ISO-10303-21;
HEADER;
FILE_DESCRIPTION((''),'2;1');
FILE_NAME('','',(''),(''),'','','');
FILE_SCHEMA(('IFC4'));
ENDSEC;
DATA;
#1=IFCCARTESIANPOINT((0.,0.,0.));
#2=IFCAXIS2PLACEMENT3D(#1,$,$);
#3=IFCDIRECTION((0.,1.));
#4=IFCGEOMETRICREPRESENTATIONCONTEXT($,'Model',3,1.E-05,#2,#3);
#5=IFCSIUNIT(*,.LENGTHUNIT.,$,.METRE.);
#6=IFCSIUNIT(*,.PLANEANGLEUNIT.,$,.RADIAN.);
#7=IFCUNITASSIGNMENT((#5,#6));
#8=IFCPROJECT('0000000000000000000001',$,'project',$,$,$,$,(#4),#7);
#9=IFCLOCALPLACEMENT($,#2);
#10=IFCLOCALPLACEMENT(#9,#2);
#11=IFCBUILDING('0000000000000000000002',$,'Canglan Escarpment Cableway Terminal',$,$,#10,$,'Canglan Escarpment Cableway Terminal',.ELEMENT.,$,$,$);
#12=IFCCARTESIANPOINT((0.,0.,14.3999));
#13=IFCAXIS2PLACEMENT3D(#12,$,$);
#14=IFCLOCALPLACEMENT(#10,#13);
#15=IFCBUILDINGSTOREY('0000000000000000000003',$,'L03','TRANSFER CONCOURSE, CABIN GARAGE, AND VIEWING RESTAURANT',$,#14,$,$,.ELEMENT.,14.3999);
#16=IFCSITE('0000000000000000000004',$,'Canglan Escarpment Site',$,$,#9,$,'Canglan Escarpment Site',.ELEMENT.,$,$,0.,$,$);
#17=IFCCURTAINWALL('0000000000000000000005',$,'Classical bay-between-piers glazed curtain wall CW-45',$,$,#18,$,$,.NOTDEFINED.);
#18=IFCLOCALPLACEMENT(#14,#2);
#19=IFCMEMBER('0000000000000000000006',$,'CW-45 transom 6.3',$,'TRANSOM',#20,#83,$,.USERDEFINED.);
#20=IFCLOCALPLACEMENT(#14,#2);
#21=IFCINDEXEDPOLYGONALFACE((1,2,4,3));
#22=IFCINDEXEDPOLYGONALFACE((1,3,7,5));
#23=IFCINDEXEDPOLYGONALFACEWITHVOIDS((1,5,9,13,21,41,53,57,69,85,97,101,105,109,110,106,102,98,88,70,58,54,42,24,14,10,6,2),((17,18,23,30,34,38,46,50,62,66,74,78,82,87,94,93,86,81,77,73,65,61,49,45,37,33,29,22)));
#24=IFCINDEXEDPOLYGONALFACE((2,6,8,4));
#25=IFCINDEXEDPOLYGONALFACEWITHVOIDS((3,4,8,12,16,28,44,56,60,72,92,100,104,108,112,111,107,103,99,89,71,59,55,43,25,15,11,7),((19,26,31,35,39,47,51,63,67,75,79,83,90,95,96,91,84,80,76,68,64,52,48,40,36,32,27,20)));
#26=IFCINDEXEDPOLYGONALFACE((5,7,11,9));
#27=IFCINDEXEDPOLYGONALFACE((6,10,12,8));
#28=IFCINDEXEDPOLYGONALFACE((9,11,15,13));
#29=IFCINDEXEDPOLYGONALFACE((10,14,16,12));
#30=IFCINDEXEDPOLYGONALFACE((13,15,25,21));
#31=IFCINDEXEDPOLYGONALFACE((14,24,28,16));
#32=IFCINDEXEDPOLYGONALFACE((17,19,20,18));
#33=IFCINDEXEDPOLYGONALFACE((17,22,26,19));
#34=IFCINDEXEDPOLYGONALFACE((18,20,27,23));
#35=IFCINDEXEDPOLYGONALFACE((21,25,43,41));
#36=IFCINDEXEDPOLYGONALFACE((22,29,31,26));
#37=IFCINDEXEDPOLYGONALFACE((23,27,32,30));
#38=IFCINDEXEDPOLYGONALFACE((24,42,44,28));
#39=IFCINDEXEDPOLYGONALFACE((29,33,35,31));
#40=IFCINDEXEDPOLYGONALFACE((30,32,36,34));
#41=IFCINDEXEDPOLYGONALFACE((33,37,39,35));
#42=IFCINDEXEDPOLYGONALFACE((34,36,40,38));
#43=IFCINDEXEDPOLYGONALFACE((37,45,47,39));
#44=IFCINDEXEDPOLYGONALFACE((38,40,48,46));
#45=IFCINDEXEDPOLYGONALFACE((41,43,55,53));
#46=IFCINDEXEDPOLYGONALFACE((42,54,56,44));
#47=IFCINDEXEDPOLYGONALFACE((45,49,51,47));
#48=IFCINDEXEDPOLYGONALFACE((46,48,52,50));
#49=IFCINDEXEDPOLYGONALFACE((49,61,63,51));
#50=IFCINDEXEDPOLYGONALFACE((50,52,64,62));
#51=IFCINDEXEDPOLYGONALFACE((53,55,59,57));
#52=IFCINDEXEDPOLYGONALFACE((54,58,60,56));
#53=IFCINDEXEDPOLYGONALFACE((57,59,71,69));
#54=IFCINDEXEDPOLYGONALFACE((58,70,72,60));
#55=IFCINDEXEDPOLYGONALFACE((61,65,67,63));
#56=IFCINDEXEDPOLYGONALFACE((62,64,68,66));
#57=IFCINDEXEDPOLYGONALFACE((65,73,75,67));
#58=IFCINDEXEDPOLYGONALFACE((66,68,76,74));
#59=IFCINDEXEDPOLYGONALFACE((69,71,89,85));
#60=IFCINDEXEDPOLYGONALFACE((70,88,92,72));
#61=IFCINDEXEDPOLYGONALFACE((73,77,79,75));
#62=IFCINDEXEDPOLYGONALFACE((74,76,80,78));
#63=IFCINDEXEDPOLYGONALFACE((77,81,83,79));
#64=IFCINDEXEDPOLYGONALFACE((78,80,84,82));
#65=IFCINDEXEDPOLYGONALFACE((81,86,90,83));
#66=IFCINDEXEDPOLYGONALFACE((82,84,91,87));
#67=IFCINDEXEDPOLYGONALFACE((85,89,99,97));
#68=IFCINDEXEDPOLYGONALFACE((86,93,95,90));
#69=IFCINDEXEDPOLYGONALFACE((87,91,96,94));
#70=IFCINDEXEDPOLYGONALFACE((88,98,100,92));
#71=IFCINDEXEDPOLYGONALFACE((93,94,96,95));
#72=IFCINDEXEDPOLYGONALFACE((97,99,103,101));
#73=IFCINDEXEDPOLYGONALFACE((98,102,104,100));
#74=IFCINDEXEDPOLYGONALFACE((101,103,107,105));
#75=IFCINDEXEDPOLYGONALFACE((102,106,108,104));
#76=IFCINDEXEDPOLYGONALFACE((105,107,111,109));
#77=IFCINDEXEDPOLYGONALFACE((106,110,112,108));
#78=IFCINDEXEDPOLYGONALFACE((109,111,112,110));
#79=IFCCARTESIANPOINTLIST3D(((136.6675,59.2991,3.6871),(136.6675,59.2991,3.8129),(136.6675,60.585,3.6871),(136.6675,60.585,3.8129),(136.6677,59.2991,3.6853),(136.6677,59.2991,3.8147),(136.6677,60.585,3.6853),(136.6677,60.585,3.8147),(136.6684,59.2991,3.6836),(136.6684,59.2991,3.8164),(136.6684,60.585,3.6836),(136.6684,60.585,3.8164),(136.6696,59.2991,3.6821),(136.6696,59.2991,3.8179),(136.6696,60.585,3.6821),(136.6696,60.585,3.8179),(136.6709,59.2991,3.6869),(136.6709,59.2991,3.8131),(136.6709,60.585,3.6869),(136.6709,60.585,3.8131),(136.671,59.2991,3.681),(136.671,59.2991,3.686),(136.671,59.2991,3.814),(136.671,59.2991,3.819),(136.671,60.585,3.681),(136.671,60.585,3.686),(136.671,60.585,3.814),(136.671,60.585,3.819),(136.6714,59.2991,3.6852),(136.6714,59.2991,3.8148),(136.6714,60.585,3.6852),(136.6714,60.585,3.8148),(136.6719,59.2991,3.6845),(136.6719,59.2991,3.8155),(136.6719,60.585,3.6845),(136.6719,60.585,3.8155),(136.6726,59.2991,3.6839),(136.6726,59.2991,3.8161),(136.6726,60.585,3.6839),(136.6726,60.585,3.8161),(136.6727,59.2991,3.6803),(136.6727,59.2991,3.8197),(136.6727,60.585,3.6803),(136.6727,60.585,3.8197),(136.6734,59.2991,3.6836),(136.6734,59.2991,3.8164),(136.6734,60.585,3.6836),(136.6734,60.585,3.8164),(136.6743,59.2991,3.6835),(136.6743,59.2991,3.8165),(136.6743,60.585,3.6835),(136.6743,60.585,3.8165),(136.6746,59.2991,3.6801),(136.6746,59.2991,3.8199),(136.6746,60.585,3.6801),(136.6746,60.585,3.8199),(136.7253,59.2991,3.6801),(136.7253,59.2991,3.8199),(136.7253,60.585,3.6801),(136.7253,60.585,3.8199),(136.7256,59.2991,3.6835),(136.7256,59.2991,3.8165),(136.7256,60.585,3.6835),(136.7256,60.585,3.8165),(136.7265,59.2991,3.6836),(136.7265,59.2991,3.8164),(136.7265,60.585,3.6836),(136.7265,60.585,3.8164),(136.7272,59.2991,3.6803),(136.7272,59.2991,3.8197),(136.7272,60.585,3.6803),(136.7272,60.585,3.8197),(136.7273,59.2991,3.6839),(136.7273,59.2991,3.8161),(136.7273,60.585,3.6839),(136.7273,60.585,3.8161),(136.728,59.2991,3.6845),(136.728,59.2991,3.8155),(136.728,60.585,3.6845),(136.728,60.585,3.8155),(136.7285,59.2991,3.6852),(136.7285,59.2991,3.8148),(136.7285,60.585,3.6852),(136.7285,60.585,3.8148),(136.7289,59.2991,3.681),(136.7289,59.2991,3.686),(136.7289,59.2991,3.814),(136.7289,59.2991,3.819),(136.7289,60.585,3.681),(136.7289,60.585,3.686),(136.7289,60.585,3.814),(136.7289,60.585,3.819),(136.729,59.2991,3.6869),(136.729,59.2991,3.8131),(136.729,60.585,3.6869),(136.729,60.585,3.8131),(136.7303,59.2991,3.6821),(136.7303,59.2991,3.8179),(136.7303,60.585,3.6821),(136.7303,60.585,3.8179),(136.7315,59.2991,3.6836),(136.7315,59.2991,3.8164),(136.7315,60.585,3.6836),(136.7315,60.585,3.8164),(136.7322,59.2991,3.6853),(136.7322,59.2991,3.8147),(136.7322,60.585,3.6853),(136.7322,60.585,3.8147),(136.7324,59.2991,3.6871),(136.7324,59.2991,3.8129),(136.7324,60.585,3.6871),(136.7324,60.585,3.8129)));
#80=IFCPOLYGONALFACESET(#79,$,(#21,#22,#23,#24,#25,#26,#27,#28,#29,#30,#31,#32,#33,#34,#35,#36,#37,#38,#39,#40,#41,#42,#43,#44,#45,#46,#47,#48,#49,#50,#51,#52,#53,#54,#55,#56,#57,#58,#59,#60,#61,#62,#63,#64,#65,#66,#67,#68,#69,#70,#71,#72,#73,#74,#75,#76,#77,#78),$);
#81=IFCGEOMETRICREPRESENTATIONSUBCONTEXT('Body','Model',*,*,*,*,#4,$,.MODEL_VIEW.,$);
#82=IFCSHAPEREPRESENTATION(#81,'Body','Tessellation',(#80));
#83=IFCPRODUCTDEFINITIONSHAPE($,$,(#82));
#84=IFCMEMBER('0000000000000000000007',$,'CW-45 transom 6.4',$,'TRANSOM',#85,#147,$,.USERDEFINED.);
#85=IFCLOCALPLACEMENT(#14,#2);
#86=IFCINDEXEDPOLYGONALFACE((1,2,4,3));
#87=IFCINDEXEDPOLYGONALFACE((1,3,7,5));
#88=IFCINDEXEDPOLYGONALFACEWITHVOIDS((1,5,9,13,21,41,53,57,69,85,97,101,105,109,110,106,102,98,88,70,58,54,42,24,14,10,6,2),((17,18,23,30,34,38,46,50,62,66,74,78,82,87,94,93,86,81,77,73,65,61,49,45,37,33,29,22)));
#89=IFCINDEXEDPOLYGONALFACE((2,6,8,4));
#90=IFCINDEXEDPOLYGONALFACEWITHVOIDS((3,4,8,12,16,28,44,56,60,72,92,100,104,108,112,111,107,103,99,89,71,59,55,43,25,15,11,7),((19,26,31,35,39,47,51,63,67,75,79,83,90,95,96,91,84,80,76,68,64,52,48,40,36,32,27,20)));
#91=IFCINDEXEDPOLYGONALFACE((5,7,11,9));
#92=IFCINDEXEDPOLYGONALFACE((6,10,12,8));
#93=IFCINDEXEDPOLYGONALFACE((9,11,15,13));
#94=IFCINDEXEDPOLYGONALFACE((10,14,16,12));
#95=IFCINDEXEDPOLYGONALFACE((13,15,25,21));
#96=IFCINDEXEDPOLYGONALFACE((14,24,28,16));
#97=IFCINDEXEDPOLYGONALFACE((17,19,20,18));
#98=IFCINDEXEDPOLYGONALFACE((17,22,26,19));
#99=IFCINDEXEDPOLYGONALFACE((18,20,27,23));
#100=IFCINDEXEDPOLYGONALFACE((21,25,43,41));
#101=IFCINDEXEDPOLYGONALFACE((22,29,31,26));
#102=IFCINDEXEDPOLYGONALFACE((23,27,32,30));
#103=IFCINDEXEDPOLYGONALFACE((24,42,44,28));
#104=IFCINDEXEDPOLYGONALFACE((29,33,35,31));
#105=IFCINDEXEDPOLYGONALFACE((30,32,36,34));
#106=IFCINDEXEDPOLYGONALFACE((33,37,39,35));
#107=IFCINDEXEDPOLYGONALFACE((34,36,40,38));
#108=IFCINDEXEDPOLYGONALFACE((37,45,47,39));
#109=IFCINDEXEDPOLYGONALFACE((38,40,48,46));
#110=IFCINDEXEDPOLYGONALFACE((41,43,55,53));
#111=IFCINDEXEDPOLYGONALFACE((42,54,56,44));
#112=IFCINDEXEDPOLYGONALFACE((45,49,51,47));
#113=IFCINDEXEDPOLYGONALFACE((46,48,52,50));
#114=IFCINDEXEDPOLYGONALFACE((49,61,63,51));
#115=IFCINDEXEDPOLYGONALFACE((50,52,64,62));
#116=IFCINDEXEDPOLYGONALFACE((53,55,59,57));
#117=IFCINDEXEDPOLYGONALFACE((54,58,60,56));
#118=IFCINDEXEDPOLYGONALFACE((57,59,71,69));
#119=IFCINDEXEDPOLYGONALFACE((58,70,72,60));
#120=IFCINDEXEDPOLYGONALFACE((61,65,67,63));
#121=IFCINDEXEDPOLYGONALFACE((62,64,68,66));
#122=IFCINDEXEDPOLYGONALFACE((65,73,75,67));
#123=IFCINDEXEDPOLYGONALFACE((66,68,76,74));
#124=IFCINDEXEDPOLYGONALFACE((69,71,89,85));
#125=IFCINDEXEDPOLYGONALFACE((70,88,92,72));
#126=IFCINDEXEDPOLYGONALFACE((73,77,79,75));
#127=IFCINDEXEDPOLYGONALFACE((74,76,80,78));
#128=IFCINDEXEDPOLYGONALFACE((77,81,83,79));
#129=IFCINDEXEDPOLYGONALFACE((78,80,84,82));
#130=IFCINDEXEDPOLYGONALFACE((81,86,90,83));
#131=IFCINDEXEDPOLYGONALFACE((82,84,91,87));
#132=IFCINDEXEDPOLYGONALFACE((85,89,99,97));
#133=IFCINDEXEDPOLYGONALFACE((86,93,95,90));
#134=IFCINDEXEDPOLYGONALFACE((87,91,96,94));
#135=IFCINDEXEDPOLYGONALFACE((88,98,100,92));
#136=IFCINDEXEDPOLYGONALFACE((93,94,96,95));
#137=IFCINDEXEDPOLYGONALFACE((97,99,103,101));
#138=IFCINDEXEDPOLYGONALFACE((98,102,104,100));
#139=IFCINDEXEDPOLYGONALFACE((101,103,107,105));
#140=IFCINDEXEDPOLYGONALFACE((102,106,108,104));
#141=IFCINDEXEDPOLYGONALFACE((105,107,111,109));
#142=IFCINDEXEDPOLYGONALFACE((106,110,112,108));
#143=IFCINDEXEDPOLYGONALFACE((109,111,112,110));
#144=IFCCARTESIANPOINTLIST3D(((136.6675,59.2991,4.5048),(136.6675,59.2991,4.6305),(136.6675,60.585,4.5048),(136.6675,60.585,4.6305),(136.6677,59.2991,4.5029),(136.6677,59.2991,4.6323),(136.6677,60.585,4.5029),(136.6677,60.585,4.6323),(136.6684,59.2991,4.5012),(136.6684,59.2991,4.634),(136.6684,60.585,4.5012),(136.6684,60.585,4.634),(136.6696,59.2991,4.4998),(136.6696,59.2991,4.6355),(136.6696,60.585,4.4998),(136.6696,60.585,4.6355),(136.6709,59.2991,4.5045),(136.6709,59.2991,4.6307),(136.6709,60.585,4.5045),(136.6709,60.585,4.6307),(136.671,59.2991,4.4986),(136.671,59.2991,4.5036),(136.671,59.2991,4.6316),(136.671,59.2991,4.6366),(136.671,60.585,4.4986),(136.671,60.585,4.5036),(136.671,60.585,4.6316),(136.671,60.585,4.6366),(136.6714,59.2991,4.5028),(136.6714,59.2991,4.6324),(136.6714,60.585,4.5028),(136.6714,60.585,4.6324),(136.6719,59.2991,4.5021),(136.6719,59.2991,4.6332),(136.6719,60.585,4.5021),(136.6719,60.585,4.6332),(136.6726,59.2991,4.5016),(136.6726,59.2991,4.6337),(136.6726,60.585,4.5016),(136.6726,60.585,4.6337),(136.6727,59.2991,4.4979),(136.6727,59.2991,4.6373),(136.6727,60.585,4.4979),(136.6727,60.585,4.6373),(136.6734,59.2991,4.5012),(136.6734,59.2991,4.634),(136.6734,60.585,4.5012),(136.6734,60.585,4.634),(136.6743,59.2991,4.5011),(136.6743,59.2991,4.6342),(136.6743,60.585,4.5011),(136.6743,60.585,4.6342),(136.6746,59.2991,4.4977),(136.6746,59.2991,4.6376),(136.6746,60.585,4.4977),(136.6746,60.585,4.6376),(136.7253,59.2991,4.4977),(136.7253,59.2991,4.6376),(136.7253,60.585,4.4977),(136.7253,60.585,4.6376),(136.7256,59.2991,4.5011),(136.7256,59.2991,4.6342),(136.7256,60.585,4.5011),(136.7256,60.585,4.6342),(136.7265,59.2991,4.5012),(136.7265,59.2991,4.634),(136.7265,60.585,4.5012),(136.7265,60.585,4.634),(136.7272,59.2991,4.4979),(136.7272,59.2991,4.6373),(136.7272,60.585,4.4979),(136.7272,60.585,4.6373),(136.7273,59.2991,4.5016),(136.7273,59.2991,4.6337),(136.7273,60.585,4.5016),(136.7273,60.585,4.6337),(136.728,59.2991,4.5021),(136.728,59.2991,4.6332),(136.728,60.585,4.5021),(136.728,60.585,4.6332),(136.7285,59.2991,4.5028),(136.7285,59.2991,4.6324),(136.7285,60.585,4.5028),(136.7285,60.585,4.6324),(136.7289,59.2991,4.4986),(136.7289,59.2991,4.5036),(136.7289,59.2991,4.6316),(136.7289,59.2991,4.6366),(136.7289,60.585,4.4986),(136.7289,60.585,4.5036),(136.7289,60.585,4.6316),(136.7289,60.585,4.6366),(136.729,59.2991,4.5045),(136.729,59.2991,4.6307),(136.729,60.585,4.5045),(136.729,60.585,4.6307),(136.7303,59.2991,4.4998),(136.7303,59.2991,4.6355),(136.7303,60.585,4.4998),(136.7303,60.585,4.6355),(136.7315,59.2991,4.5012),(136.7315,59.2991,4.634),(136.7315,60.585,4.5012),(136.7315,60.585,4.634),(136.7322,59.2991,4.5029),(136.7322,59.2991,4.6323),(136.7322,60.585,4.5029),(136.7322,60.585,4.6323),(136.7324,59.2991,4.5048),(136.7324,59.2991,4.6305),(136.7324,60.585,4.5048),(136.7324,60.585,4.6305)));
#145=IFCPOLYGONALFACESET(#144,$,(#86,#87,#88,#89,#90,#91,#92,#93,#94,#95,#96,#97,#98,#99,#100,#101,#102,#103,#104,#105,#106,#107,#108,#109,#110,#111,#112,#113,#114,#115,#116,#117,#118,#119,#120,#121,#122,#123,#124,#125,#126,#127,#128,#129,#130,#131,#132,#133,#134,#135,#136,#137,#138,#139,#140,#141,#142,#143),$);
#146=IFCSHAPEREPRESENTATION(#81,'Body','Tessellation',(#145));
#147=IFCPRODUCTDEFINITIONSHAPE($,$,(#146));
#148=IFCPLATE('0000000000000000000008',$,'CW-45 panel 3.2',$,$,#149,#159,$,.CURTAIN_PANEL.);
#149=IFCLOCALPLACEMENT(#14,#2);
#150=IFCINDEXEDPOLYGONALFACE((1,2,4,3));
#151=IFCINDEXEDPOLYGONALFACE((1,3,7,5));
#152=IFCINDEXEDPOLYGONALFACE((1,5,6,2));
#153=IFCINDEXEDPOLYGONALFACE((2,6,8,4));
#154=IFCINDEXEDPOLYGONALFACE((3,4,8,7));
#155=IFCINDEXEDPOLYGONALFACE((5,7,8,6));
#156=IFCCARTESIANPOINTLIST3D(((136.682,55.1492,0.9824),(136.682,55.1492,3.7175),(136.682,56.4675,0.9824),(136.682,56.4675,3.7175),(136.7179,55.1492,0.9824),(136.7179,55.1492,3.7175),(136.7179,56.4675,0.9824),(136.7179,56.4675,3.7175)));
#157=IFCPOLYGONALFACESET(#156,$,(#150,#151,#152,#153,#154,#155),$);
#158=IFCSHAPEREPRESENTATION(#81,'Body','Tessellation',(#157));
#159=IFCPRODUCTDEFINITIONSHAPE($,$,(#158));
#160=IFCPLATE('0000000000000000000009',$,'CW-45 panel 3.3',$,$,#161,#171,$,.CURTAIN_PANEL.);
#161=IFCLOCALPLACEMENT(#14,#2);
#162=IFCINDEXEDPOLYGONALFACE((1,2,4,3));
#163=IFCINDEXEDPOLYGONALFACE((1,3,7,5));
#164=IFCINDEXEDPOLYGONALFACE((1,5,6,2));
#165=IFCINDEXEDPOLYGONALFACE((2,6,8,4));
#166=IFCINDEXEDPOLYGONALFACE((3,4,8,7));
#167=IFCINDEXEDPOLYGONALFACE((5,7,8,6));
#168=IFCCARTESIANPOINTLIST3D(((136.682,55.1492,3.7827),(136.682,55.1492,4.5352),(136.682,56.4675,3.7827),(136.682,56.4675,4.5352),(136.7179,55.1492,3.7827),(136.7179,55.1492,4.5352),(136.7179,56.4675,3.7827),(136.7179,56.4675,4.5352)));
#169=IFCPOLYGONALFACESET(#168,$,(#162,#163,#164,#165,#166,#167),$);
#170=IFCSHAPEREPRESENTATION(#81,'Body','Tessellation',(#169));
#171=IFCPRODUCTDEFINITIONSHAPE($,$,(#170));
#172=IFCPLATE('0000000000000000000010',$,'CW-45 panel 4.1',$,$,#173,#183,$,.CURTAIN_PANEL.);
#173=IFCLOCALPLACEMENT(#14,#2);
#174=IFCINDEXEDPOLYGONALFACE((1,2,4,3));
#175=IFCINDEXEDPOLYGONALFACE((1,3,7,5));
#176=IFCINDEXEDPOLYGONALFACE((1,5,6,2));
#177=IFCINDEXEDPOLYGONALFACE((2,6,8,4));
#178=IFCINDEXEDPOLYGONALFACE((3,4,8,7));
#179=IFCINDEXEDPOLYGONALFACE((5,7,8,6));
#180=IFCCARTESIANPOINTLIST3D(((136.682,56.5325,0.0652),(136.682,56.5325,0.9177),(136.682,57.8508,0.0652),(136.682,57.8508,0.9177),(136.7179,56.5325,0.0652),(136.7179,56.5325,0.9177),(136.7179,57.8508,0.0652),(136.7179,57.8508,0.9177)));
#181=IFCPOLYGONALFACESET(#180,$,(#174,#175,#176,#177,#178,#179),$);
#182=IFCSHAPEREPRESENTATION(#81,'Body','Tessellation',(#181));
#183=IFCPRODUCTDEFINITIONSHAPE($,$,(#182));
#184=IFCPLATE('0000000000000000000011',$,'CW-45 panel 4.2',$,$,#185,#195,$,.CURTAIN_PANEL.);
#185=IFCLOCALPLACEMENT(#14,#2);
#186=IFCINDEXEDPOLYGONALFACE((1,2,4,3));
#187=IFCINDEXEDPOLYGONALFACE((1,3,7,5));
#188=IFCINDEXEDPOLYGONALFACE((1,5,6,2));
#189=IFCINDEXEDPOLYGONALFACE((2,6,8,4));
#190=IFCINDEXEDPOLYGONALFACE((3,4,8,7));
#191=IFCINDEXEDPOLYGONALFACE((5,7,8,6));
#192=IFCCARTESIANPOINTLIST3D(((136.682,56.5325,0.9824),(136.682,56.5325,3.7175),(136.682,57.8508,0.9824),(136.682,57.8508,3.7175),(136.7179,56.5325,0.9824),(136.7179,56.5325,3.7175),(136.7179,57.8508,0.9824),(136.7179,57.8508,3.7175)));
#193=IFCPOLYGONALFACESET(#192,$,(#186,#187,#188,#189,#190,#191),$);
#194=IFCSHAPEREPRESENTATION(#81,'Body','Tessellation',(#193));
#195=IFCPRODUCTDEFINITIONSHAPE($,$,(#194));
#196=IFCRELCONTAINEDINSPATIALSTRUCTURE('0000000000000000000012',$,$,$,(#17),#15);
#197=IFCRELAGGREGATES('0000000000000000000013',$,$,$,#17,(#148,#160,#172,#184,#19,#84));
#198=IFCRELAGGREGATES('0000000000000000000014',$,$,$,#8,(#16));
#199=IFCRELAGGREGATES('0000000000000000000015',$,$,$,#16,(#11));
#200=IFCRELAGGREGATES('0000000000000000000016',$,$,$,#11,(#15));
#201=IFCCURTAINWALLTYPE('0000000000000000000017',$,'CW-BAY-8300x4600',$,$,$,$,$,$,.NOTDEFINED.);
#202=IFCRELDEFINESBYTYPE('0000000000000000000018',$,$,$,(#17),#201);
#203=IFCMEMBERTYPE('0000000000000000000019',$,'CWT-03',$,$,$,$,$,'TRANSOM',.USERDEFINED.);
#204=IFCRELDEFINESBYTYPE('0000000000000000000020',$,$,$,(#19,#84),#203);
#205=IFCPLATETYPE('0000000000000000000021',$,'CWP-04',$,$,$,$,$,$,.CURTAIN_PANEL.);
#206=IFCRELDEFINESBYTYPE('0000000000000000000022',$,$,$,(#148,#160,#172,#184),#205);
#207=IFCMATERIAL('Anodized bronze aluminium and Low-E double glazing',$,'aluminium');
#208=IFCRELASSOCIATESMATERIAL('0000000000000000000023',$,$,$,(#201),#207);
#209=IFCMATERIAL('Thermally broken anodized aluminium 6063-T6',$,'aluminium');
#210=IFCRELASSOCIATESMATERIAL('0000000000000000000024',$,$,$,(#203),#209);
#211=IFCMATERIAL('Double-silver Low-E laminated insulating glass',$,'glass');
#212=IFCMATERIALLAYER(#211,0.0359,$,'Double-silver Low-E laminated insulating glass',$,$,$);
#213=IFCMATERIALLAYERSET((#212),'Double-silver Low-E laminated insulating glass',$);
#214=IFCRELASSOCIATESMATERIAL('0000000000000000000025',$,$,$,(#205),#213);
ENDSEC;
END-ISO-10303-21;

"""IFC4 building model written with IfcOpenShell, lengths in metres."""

from ifc_helpers import new_model, si_unit, direction, frame, origin, origin_2d, place, context, subcontext, project, spatial, rectangle, hollow_rectangle, extrude, material, layer, layer_set, material_profile, profile_set, type_object, element, aggregate, save


model = new_model("IFC4")

# Units and contexts
model_context = context("Model", 3, precision=1e-05, world=origin(), true_north=direction((0.0, 1.0)))
body_context = subcontext(model_context, "Body", "Model", "MODEL_VIEW")
ifc_project = project(units=[si_unit("LENGTHUNIT", "METRE"), si_unit("PLANEANGLEUNIT", "RADIAN")], contexts=[model_context])

# Site, building, storey
site_placement = place(None, origin())
site = spatial("IfcSite", under=ifc_project, at=site_placement, Name="Canglan Escarpment Site", LongName="Canglan Escarpment Site", CompositionType="ELEMENT", RefElevation=0.0)
building_placement = place(site_placement, origin())
building = spatial("IfcBuilding", under=site, at=building_placement, Name="Canglan Escarpment Cableway Terminal", LongName="Canglan Escarpment Cableway Terminal", CompositionType="ELEMENT")
storey_placement = place(building_placement, frame((0.0, 0.0, 14.3999)))
storey = spatial("IfcBuildingStorey", under=building, at=storey_placement, Name="L03", Description="TRANSFER CONCOURSE, CABIN GARAGE, AND VIEWING RESTAURANT", CompositionType="ELEMENT", Elevation=14.3999)

# Curtain wall, members, plates
ifc_material_1 = material(Name="Anodized bronze aluminium and Low-E double glazing", Category="aluminium")
curtain_wall_type = type_object("IfcCurtainWallType", Name="CW-BAY-8300x4600", PredefinedType="NOTDEFINED", material=ifc_material_1)
curtain_wall_placement = place(storey_placement, origin())
curtain_wall = element("IfcCurtainWall", 1, at=curtain_wall_placement, inside=storey, type_object=curtain_wall_type, Name="Classical bay-between-piers glazed curtain wall CW-45", PredefinedType="NOTDEFINED")
ifc_material_2 = material(Name="Thermally broken anodized aluminium 6063-T6", Category="aluminium")
ifc_material_profile_1 = material_profile(ifc_material_2, hollow_rectangle(XDim=0.0649, YDim=0.1399, WallThickness=0.0034, InnerFilletRadius=0.0034, OuterFilletRadius=0.0071, at=origin_2d()), Name="ALU-TRAN 65x140x3.5")
ifc_profile_set_1 = profile_set([ifc_material_profile_1], Name="Thermally broken anodized aluminium 6063-T6")
member_type_1 = type_object("IfcMemberType", Name="CWT-03", ElementType="TRANSOM", PredefinedType="USERDEFINED", material=ifc_profile_set_1)
member_1_placement = place(storey_placement, frame((136.7, 59.2991, 3.75), z_axis=(0.0, 1.0, 0.0), x_axis=(-1.0, 0.0, 0.0)))
member_1 = element("IfcMember", 2, at=member_1_placement, type_object=member_type_1, Name="CW-45 transom 6.3", ObjectType="TRANSOM", PredefinedType="USERDEFINED", context=body_context, shape_type="SweptSolid", body=[
    extrude(hollow_rectangle(XDim=0.0649, YDim=0.1399, WallThickness=0.0034, InnerFilletRadius=0.0034, OuterFilletRadius=0.0071, at=origin_2d()), origin(), (0.0, 0.0, 1.0), 1.2859),
])
member_2_placement = place(storey_placement, frame((136.7, 59.2991, 4.5676), z_axis=(0.0, 1.0, 0.0), x_axis=(-1.0, 0.0, 0.0)))
member_2 = element("IfcMember", 3, at=member_2_placement, type_object=member_type_1, Name="CW-45 transom 6.4", ObjectType="TRANSOM", PredefinedType="USERDEFINED", context=body_context, shape_type="SweptSolid", body=[
    extrude(hollow_rectangle(XDim=0.0649, YDim=0.1399, WallThickness=0.0034, InnerFilletRadius=0.0034, OuterFilletRadius=0.0071, at=origin_2d()), origin(), (0.0, 0.0, 1.0), 1.2859),
])
ifc_material_3 = material(Name="Double-silver Low-E laminated insulating glass", Category="glass")
ifc_layer = layer(ifc_material_3, 0.0359, Name="Double-silver Low-E laminated insulating glass")
ifc_layer_set = layer_set([ifc_layer], Name="Double-silver Low-E laminated insulating glass")
plate_type = type_object("IfcPlateType", Name="CWP-04", PredefinedType="CURTAIN_PANEL", material=ifc_layer_set)
plate_1_placement = place(storey_placement, frame((136.7, 55.8083, 0.9824), z_axis=(0.0, 0.0, 1.0), x_axis=(0.0, 1.0, 0.0)))
plate_1 = element("IfcPlate", 4, at=plate_1_placement, type_object=plate_type, Name="CW-45 panel 3.2", PredefinedType="CURTAIN_PANEL", context=body_context, shape_type="SweptSolid", body=[
    extrude(rectangle(XDim=1.3184, YDim=0.0359, at=origin_2d()), origin(), (0.0, 0.0, 1.0), 2.7351),
])
plate_2_placement = place(storey_placement, frame((136.7, 55.8083, 3.7827), z_axis=(0.0, 0.0, 1.0), x_axis=(0.0, 1.0, 0.0)))
plate_2 = element("IfcPlate", 5, at=plate_2_placement, type_object=plate_type, Name="CW-45 panel 3.3", PredefinedType="CURTAIN_PANEL", context=body_context, shape_type="SweptSolid", body=[
    extrude(rectangle(XDim=1.3184, YDim=0.0359, at=origin_2d()), origin(), (0.0, 0.0, 1.0), 0.7524),
])
plate_3_placement = place(storey_placement, frame((136.7, 57.1917, 0.0652), z_axis=(0.0, 0.0, 1.0), x_axis=(0.0, 1.0, 0.0)))
plate_3 = element("IfcPlate", 6, at=plate_3_placement, type_object=plate_type, Name="CW-45 panel 4.1", PredefinedType="CURTAIN_PANEL", context=body_context, shape_type="SweptSolid", body=[
    extrude(rectangle(XDim=1.3184, YDim=0.0359, at=origin_2d()), origin(), (0.0, 0.0, 1.0), 0.8525),
])
plate_4_placement = place(storey_placement, frame((136.7, 57.1917, 0.9824), z_axis=(0.0, 0.0, 1.0), x_axis=(0.0, 1.0, 0.0)))
plate_4 = element("IfcPlate", 7, at=plate_4_placement, type_object=plate_type, Name="CW-45 panel 4.2", PredefinedType="CURTAIN_PANEL", context=body_context, shape_type="SweptSolid", body=[
    extrude(rectangle(XDim=1.3184, YDim=0.0359, at=origin_2d()), origin(), (0.0, 0.0, 1.0), 2.7351),
])
aggregate(curtain_wall, [plate_1, plate_2, plate_3, plate_4, member_1, member_2])

save(model, "model.ifc")
